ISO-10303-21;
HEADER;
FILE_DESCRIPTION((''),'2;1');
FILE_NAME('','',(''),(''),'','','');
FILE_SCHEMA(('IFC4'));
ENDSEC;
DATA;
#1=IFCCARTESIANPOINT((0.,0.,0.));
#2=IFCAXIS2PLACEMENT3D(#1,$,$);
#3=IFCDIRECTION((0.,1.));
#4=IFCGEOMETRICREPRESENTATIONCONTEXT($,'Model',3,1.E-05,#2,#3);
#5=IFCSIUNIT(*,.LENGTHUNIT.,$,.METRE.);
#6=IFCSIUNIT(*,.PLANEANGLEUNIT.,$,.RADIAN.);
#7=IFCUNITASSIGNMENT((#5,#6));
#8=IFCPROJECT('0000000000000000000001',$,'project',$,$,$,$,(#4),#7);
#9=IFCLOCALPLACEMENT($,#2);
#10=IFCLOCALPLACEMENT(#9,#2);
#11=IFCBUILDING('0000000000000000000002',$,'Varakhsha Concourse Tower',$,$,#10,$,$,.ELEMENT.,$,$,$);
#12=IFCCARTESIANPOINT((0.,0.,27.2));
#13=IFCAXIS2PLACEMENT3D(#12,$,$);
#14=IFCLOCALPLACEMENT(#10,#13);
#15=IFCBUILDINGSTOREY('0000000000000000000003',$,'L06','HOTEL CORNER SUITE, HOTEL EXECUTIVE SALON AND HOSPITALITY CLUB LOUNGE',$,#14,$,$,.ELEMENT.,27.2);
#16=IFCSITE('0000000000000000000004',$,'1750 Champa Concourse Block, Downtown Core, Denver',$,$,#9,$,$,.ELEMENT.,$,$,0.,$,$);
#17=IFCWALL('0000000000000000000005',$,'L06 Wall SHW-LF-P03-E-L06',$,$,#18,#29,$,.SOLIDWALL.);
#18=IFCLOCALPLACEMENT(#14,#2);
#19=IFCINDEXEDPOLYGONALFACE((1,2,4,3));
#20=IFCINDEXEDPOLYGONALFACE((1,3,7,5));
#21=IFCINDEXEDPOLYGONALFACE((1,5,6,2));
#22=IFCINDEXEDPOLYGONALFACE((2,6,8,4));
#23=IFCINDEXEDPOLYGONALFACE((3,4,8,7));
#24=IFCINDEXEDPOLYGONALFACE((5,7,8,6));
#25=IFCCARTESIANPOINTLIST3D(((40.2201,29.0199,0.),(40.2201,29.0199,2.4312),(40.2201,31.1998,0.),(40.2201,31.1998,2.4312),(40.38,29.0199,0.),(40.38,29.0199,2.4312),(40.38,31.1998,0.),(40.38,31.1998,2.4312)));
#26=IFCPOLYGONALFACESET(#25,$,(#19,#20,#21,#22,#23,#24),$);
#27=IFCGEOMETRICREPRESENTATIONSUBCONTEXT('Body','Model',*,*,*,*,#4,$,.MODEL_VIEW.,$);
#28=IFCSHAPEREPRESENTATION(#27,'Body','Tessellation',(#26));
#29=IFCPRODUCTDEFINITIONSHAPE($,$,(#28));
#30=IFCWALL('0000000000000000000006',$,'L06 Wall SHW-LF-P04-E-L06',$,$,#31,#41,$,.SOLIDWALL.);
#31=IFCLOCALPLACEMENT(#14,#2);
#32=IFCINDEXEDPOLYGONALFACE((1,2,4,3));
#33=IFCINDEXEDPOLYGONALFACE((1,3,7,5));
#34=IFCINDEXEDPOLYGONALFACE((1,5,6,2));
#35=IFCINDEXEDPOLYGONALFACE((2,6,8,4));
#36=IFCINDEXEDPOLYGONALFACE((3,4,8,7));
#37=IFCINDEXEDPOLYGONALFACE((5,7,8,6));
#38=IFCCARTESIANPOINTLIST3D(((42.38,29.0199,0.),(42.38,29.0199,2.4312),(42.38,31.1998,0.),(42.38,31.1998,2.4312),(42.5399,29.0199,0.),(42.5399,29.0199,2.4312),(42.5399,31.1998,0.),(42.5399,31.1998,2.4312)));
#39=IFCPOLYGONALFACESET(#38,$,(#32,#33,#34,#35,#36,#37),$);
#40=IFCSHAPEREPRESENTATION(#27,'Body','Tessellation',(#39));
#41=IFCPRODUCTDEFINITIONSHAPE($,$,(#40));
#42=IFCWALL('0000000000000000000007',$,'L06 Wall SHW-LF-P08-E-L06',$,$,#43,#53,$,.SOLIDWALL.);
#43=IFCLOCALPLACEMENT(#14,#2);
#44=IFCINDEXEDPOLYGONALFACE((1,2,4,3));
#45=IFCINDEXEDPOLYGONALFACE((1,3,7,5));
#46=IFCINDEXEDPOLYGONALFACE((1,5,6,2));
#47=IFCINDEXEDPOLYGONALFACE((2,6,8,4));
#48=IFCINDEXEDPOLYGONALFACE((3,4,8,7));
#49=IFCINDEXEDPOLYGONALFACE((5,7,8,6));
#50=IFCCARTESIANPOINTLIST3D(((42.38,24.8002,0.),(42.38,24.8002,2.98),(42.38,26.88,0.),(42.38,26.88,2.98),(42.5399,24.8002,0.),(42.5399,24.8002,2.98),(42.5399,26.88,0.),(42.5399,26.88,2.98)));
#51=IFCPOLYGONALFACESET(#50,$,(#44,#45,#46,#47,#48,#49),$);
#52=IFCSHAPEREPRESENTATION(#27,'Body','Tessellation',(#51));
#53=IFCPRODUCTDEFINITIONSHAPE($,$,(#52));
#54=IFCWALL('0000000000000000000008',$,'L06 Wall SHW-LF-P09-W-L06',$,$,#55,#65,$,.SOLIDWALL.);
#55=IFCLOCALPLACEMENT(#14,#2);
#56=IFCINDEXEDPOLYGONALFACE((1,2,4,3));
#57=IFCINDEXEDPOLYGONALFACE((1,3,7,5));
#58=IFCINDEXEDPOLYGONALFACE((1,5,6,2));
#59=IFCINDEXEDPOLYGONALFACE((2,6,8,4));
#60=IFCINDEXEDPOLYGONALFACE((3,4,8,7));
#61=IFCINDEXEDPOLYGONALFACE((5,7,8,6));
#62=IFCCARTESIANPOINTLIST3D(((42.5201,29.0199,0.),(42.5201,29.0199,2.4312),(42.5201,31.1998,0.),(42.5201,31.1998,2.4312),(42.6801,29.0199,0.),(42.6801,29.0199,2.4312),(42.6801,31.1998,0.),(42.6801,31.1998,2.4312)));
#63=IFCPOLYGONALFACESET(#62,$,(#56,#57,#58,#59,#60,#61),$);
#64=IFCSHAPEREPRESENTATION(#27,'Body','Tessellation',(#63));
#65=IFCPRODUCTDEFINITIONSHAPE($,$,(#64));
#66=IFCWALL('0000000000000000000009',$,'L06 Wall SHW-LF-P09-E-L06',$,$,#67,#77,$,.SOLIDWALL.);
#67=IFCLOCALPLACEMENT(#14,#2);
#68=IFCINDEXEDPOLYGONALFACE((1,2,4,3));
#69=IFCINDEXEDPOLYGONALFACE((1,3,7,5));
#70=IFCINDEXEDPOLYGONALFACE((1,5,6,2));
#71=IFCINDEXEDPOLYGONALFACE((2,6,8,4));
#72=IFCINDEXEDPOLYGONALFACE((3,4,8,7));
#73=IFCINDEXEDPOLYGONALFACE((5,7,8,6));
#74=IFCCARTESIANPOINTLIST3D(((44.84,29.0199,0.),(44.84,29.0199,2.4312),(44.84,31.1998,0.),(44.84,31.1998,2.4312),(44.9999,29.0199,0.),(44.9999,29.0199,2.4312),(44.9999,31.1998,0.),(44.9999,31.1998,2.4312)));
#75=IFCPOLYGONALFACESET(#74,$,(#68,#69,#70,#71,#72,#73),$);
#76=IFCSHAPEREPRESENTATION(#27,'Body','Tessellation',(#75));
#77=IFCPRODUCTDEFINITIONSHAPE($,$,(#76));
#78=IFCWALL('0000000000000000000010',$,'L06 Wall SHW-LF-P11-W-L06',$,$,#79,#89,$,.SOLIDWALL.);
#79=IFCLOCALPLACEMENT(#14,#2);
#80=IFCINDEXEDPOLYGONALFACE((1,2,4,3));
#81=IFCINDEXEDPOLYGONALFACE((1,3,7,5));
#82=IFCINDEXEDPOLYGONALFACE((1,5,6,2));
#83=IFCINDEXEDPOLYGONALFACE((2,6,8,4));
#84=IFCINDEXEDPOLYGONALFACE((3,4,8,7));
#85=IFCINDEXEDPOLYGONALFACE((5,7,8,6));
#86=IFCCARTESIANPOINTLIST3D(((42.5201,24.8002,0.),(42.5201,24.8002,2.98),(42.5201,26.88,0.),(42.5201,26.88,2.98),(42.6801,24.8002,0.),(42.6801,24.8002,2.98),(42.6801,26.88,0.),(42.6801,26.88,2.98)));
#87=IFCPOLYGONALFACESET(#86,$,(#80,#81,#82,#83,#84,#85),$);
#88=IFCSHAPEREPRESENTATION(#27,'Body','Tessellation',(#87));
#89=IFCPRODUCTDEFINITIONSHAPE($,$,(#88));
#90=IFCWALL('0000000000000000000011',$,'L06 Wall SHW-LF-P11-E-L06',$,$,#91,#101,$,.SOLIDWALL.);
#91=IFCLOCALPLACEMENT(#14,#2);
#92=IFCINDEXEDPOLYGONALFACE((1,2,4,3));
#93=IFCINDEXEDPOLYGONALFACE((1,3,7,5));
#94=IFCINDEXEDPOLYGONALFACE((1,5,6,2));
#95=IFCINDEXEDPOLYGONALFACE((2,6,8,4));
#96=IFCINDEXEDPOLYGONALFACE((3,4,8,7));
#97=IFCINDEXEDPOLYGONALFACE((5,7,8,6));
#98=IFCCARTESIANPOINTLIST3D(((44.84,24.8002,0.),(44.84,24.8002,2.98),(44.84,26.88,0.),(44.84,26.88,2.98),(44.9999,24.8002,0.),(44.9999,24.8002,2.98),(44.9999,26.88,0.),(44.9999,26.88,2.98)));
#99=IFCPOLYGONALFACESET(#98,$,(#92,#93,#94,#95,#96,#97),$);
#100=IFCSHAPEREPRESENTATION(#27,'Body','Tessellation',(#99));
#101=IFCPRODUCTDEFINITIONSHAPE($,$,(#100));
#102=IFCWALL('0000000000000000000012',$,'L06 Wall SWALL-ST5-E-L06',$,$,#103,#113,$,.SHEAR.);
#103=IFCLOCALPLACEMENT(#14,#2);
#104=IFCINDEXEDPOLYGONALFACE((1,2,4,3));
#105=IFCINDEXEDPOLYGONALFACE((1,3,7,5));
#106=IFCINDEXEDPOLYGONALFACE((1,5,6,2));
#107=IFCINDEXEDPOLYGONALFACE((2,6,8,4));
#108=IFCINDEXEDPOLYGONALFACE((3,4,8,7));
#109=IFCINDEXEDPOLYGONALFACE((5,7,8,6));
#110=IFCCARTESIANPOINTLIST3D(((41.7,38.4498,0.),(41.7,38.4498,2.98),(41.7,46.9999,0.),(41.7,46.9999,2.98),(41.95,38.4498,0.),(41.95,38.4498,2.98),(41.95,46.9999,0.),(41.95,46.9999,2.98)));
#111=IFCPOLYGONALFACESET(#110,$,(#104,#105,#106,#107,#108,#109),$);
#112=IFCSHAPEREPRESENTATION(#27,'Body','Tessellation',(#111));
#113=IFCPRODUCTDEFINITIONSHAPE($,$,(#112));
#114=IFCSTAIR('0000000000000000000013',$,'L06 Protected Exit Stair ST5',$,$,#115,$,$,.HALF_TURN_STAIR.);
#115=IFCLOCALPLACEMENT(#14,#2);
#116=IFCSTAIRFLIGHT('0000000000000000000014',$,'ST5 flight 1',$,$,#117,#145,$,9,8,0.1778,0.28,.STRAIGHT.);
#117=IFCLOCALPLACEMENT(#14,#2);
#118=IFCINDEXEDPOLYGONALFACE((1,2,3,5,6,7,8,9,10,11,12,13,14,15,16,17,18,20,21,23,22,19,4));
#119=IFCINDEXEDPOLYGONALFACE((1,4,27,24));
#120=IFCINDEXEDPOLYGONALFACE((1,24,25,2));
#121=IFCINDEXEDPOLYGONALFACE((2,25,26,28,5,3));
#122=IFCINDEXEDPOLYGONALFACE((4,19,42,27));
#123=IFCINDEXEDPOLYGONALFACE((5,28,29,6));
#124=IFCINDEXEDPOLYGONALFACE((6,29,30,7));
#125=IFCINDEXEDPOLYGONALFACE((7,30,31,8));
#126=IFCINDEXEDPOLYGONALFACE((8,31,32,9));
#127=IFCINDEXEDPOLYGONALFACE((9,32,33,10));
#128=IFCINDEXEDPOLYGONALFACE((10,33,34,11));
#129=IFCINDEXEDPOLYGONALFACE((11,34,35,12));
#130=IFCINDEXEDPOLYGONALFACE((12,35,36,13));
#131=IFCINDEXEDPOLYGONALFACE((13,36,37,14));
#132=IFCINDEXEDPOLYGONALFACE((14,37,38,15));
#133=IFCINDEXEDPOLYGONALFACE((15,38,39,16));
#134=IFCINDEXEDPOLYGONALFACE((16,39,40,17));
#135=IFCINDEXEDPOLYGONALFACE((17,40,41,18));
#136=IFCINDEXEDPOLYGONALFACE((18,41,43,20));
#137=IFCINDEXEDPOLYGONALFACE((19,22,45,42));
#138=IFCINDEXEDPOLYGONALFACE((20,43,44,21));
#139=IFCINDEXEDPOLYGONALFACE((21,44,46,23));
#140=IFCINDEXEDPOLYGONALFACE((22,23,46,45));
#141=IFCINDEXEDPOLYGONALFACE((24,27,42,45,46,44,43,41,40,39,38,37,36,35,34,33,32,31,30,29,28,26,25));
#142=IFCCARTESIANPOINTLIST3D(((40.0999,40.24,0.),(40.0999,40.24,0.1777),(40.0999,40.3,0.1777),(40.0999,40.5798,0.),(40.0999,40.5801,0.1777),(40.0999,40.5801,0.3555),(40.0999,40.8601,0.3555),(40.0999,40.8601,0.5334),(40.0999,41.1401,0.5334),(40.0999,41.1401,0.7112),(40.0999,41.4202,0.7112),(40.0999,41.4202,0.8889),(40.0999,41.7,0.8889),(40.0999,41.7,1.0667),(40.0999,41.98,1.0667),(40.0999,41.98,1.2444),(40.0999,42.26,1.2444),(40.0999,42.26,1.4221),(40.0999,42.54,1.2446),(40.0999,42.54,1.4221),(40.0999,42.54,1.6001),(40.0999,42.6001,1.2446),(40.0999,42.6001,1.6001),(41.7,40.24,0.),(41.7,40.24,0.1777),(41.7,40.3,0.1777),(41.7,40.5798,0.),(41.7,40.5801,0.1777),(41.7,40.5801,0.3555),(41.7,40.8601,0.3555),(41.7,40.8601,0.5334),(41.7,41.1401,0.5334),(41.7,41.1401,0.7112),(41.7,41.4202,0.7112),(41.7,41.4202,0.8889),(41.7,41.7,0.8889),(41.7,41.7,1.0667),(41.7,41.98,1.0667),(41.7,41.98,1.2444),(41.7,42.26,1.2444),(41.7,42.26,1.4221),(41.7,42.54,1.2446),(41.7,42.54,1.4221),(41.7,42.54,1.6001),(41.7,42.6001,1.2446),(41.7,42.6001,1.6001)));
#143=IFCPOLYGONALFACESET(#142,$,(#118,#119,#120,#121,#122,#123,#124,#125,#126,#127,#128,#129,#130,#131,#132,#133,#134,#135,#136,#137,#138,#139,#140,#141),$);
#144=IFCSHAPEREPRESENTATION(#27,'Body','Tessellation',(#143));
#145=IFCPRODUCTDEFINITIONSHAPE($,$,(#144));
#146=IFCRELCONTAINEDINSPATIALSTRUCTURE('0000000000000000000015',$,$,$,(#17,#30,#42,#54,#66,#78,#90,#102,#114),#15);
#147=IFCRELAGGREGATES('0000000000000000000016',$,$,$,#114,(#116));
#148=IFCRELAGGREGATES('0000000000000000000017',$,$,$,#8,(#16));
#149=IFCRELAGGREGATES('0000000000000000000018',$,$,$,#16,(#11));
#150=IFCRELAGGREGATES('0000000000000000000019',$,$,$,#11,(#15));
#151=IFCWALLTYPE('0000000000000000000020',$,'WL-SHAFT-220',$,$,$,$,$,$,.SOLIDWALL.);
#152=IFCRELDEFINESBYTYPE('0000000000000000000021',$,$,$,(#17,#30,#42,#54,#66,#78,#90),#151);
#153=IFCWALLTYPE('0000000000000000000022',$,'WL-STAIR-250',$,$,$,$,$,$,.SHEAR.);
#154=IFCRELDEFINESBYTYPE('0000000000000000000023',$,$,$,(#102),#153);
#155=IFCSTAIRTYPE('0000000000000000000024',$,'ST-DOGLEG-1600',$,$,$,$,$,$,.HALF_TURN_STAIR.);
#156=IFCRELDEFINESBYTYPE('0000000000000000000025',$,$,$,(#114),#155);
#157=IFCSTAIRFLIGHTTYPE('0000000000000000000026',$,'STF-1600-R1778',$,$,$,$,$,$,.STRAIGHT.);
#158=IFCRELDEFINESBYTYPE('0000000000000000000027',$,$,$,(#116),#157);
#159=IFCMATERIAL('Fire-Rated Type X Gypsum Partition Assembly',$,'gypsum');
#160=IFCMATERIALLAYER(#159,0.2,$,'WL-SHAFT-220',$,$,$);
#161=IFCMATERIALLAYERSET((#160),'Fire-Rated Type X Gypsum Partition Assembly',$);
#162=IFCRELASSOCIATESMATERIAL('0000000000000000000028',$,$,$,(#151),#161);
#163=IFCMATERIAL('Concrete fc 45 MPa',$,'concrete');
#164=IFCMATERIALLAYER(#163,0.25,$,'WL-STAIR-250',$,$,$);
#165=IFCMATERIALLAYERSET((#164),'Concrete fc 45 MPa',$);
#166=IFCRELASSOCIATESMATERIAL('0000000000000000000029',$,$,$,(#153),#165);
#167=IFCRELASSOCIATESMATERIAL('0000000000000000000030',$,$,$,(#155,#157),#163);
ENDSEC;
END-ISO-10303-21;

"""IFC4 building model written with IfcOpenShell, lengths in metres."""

from ifc_helpers import new_model, si_unit, direction, frame, frame_2d, origin, place, context, subcontext, project, spatial, polyline, rectangle, outline, extrude, material, layer, layer_set, type_object, element, aggregate, save


model = new_model("IFC4")

# Units and contexts
model_context = context("Model", 3, precision=1e-05, world=origin(), true_north=direction((0.0, 1.0)))
body_context = subcontext(model_context, "Body", "Model", "MODEL_VIEW")
ifc_project = project(units=[si_unit("LENGTHUNIT", "METRE"), si_unit("PLANEANGLEUNIT", "RADIAN")], contexts=[model_context])

# Site, building, storey
site_placement = place(None, origin())
site = spatial("IfcSite", under=ifc_project, at=site_placement, Name="1750 Champa Concourse Block, Downtown Core, Denver", CompositionType="ELEMENT", RefElevation=0.0)
building_placement = place(site_placement, origin())
building = spatial("IfcBuilding", under=site, at=building_placement, Name="Varakhsha Concourse Tower", CompositionType="ELEMENT")
storey_placement = place(building_placement, frame((0.0, 0.0, 27.2)))
storey = spatial("IfcBuildingStorey", under=building, at=storey_placement, Name="L06", Description="HOTEL CORNER SUITE, HOTEL EXECUTIVE SALON AND HOSPITALITY CLUB LOUNGE", CompositionType="ELEMENT", Elevation=27.2)

# Shared definitions
ifc_material_1 = material(Name="Fire-Rated Type X Gypsum Partition Assembly", Category="gypsum")

# Walls
ifc_layer_1 = layer(ifc_material_1, 0.2, Name="WL-SHAFT-220")
ifc_layer_set_1 = layer_set([ifc_layer_1], Name="Fire-Rated Type X Gypsum Partition Assembly")
wall_type_1 = type_object("IfcWallType", Name="WL-SHAFT-220", PredefinedType="SOLIDWALL", material=ifc_layer_set_1)
for number, where, z_axis, x_axis, name in (
    (1, (40.3, 29.02, 0.0), (0.0, 0.0, 1.0), (0.0, 1.0, 0.0), "L06 Wall SHW-LF-P03-E-L06"),
    (2, (42.46, 29.02, 0.0), (0.0, 0.0, 1.0), (0.0, 1.0, 0.0), "L06 Wall SHW-LF-P04-E-L06"),
):
    element("IfcWall", number, at=place(storey_placement, frame(where, z_axis=z_axis, x_axis=x_axis)), inside=storey, type_object=wall_type_1, Name=name, PredefinedType="SOLIDWALL", context=body_context, shape_type="SweptSolid", body=[
        extrude(rectangle(XDim=2.1799, YDim=0.1599, at=frame_2d((1.0898, 0.0))), origin(), (0.0, 0.0, 1.0), 2.4312),
    ])
wall_1_placement = place(storey_placement, frame((42.46, 24.8, 0.0), z_axis=(0.0, 0.0, 1.0), x_axis=(0.0, 1.0, 0.0)))
element("IfcWall", 3, at=wall_1_placement, inside=storey, type_object=wall_type_1, Name="L06 Wall SHW-LF-P08-E-L06", PredefinedType="SOLIDWALL", context=body_context, shape_type="SweptSolid", body=[
    extrude(rectangle(XDim=2.0798, YDim=0.1599, at=frame_2d((1.04, 0.0))), origin(), (0.0, 0.0, 1.0), 2.98),
])
for number, where, z_axis, x_axis, name in (
    (4, (42.6001, 29.02, 0.0), (0.0, 0.0, 1.0), (0.0, 1.0, 0.0), "L06 Wall SHW-LF-P09-W-L06"),
    (5, (44.9199, 29.02, 0.0), (0.0, 0.0, 1.0), (0.0, 1.0, 0.0), "L06 Wall SHW-LF-P09-E-L06"),
):
    element("IfcWall", number, at=place(storey_placement, frame(where, z_axis=z_axis, x_axis=x_axis)), inside=storey, type_object=wall_type_1, Name=name, PredefinedType="SOLIDWALL", context=body_context, shape_type="SweptSolid", body=[
        extrude(rectangle(XDim=2.1799, YDim=0.1599, at=frame_2d((1.0898, 0.0))), origin(), (0.0, 0.0, 1.0), 2.4312),
    ])
for number, where, z_axis, x_axis, name in (
    (6, (42.6001, 24.8, 0.0), (0.0, 0.0, 1.0), (0.0, 1.0, 0.0), "L06 Wall SHW-LF-P11-W-L06"),
    (7, (44.9199, 24.8, 0.0), (0.0, 0.0, 1.0), (0.0, 1.0, 0.0), "L06 Wall SHW-LF-P11-E-L06"),
):
    element("IfcWall", number, at=place(storey_placement, frame(where, z_axis=z_axis, x_axis=x_axis)), inside=storey, type_object=wall_type_1, Name=name, PredefinedType="SOLIDWALL", context=body_context, shape_type="SweptSolid", body=[
        extrude(rectangle(XDim=2.0798, YDim=0.1599, at=frame_2d((1.04, 0.0))), origin(), (0.0, 0.0, 1.0), 2.98),
    ])
ifc_material_2 = material(Name="Concrete fc 45 MPa", Category="concrete")
ifc_layer_2 = layer(ifc_material_2, 0.25, Name="WL-STAIR-250")
ifc_layer_set_2 = layer_set([ifc_layer_2], Name="Concrete fc 45 MPa")
wall_type_2 = type_object("IfcWallType", Name="WL-STAIR-250", PredefinedType="SHEAR", material=ifc_layer_set_2)
wall_2_placement = place(storey_placement, frame((41.825, 38.45, 0.0), z_axis=(0.0, 0.0, 1.0), x_axis=(0.0, 1.0, 0.0)))
element("IfcWall", 8, at=wall_2_placement, inside=storey, type_object=wall_type_2, Name="L06 Wall SWALL-ST5-E-L06", PredefinedType="SHEAR", context=body_context, shape_type="SweptSolid", body=[
    extrude(rectangle(XDim=8.55, YDim=0.25, at=frame_2d((4.2749, 0.0))), origin(), (0.0, 0.0, 1.0), 2.98),
])

# Stair, stair flight
stair_type = type_object("IfcStairType", Name="ST-DOGLEG-1600", PredefinedType="HALF_TURN_STAIR", material=ifc_material_2)
stair_placement = place(storey_placement, origin())
stair = element("IfcStair", 9, at=stair_placement, inside=storey, type_object=stair_type, Name="L06 Protected Exit Stair ST5", PredefinedType="HALF_TURN_STAIR")
stair_flight_type = type_object("IfcStairFlightType", Name="STF-1600-R1778", PredefinedType="STRAIGHT", material=ifc_material_2)
stair_flight_placement = place(storey_placement, frame((40.8999, 40.3, 0.0), z_axis=(0.0, 0.0, 1.0), x_axis=(0.0, 1.0, 0.0)))
stair_flight = element("IfcStairFlight", 10, at=stair_flight_placement, type_object=stair_flight_type, Name="ST5 flight 1", NumberOfRisers=9, NumberOfTreads=8, PredefinedType="STRAIGHT", RiserHeight=0.1778, TreadLength=0.28, context=body_context, shape_type="SweptSolid", body=[
    extrude(outline(polyline([(-0.0601, 0.0), (-0.0601, 0.1777), (0.0, 0.1777), (0.28, 0.1777), (0.28, 0.3555), (0.5601, 0.3555), (0.5601, 0.5334), (0.8401, 0.5334), (0.8401, 0.7112), (1.1201, 0.7112), (1.1201, 0.8889), (1.3999, 0.8889), (1.3999, 1.0667), (1.6799, 1.0667), (1.6799, 1.2444), (1.96, 1.2444), (1.96, 1.4221), (2.24, 1.4221), (2.24, 1.6001), (2.3, 1.6001), (2.3, 1.2446), (2.24, 1.2446), (0.2798, 0.0), (-0.0601, 0.0)])), frame((0.0, 0.8, 0.0), z_axis=(0.0, -1.0, 0.0), x_axis=(1.0, 0.0, 0.0)), (0.0, 0.0, 1.0), 1.6001),
])
aggregate(stair, [stair_flight])

save(model, "model.ifc")
